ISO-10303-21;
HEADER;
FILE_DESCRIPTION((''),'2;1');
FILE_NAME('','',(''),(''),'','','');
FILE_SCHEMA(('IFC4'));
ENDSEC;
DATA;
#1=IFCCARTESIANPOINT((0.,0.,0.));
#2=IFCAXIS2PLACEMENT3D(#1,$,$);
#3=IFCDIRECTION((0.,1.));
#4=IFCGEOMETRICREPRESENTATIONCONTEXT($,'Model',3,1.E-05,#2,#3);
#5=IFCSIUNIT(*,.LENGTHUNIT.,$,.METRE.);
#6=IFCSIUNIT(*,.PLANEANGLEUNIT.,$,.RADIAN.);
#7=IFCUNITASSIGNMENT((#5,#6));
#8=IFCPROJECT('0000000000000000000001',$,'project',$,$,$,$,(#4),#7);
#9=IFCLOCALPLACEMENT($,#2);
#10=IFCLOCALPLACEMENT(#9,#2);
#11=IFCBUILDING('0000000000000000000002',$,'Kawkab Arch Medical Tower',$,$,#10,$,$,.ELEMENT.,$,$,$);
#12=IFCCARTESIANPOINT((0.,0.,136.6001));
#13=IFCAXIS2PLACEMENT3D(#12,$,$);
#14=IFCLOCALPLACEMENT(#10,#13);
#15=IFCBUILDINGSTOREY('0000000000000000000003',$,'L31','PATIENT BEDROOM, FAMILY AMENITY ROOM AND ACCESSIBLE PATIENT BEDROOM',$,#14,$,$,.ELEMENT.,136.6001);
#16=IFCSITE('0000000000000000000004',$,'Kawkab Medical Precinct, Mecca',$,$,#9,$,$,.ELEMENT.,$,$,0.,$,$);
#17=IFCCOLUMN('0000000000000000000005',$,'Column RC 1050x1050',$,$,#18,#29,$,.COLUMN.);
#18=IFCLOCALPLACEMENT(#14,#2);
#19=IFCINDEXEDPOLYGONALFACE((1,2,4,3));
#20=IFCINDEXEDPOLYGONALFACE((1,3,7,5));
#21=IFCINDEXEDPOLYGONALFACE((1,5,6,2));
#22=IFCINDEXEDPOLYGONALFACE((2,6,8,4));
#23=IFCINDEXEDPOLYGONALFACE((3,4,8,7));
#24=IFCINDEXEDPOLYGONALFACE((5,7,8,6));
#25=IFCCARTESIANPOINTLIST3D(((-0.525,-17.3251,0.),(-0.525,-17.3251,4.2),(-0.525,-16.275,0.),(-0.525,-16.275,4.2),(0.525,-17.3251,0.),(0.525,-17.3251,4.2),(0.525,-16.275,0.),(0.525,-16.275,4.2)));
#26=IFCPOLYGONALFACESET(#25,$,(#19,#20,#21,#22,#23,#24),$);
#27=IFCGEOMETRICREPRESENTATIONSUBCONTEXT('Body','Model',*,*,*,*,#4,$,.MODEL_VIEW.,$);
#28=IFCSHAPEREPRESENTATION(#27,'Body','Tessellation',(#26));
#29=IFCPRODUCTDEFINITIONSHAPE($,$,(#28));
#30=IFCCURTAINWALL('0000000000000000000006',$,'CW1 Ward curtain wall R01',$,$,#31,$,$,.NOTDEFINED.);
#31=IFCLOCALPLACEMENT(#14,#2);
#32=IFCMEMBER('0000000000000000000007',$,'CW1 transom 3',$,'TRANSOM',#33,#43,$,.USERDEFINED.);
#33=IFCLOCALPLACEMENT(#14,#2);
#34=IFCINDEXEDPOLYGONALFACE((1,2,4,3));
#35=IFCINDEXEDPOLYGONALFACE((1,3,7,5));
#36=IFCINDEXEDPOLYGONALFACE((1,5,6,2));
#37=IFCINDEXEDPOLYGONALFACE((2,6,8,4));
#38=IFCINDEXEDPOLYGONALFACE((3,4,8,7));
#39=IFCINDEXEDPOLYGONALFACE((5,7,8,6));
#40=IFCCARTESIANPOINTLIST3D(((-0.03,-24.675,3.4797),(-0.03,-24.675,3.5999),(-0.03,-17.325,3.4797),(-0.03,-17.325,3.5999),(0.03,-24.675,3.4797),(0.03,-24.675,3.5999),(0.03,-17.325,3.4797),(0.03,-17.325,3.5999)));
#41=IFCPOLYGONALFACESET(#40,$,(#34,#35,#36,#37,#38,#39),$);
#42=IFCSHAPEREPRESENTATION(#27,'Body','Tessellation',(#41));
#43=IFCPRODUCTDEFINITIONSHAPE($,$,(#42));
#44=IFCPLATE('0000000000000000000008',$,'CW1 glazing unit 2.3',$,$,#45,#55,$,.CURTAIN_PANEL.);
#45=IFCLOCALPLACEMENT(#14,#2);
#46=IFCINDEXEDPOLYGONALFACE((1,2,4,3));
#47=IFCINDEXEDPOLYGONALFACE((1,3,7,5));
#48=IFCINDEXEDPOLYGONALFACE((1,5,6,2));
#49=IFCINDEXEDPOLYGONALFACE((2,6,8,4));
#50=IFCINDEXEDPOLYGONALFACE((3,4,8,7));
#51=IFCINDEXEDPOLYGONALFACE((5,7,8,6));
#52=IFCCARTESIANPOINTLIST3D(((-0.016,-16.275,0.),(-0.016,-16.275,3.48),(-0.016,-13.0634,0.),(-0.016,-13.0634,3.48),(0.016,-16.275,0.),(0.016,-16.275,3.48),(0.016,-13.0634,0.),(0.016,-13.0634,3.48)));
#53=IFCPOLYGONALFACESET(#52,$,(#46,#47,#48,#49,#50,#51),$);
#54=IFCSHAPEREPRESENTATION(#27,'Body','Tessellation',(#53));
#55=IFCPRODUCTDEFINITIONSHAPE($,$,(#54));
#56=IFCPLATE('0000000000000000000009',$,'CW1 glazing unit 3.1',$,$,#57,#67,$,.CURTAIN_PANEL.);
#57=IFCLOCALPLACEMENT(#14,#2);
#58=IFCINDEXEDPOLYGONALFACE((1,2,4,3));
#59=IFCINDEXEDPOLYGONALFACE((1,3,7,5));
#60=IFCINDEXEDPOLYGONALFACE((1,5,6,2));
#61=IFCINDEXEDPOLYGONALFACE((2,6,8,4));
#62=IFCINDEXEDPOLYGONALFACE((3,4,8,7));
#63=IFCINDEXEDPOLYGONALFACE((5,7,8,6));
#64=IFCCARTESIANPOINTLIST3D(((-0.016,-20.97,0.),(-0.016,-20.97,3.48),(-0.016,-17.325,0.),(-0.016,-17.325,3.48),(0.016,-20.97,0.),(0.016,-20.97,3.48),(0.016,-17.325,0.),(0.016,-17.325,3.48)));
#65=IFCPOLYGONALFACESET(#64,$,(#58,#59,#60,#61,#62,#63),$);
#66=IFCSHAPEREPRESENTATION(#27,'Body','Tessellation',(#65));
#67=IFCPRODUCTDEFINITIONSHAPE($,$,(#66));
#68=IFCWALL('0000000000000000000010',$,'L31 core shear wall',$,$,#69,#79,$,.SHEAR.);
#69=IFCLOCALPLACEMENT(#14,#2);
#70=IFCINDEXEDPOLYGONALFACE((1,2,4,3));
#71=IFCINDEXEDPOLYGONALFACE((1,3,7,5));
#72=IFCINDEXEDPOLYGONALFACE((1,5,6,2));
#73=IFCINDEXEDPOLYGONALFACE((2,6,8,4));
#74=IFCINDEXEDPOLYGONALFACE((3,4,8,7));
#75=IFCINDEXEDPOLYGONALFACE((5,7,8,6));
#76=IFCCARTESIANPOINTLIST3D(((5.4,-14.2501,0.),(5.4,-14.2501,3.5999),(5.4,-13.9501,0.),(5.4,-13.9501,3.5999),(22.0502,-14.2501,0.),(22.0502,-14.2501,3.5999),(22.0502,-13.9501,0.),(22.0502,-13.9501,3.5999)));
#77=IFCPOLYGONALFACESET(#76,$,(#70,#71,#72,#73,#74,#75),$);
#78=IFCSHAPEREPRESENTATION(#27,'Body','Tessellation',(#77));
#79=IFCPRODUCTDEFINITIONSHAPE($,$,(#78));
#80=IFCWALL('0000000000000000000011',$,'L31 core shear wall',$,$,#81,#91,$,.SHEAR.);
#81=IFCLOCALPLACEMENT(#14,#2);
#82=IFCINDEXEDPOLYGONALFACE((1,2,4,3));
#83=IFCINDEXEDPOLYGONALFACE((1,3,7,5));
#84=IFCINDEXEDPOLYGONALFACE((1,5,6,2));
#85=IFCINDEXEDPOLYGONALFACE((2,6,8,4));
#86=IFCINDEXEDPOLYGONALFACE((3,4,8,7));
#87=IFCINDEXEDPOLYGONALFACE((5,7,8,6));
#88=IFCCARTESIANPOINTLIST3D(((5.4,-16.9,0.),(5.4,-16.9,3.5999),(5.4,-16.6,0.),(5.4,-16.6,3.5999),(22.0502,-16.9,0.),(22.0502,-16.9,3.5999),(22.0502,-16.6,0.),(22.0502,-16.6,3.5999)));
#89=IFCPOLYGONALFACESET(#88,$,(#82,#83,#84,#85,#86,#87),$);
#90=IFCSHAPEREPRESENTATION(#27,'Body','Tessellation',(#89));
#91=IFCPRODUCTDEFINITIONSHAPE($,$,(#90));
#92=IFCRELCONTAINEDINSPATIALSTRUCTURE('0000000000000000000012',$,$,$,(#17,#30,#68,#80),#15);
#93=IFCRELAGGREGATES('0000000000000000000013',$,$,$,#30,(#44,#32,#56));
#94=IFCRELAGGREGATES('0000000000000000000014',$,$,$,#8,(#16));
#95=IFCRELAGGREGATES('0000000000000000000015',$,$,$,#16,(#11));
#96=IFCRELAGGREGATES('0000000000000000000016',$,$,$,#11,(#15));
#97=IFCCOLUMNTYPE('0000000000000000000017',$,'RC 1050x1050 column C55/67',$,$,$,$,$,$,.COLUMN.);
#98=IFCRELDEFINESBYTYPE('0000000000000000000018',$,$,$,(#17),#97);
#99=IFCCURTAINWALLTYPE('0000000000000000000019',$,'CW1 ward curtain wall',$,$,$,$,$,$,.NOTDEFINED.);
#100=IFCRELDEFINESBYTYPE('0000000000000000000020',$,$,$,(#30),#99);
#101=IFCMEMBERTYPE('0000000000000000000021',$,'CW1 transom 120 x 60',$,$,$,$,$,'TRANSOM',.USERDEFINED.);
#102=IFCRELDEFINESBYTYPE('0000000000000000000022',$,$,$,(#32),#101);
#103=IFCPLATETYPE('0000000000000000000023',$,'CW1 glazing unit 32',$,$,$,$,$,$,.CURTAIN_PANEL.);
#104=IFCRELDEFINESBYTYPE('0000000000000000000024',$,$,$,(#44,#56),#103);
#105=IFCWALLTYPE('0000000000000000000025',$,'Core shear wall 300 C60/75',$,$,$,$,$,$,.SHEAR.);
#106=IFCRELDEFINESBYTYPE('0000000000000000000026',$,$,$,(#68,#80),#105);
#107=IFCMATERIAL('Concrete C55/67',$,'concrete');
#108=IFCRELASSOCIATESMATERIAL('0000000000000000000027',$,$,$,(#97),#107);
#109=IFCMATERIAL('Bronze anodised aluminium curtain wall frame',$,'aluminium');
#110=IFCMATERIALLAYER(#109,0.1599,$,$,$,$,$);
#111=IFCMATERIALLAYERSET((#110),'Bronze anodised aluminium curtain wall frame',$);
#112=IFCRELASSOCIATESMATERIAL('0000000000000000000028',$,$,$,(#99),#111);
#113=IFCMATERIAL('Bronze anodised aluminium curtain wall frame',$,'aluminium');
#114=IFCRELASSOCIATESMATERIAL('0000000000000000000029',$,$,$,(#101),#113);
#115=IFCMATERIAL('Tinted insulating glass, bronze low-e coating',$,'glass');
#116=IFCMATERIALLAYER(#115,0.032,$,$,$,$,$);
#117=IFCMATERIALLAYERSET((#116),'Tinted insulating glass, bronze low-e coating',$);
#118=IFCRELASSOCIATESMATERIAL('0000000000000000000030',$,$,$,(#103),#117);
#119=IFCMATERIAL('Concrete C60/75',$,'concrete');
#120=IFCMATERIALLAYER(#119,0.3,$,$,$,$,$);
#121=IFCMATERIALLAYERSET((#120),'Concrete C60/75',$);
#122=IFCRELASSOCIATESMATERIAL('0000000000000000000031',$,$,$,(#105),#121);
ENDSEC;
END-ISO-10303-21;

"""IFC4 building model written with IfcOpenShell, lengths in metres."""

from ifc_helpers import new_model, si_unit, direction, frame, frame_2d, origin, origin_2d, place, context, subcontext, project, spatial, rectangle, extrude, material, layer, layer_set, material_profile, profile_set, type_object, element, aggregate, save


model = new_model("IFC4")

# Units and contexts
model_context = context("Model", 3, precision=1e-05, world=origin(), true_north=direction((0.0, 1.0)))
body_context = subcontext(model_context, "Body", "Model", "MODEL_VIEW")
ifc_project = project(units=[si_unit("LENGTHUNIT", "METRE"), si_unit("PLANEANGLEUNIT", "RADIAN")], contexts=[model_context])

# Site, building, storey
site_placement = place(None, origin())
site = spatial("IfcSite", under=ifc_project, at=site_placement, Name="Kawkab Medical Precinct, Mecca", CompositionType="ELEMENT", RefElevation=0.0)
building_placement = place(site_placement, origin())
building = spatial("IfcBuilding", under=site, at=building_placement, Name="Kawkab Arch Medical Tower", CompositionType="ELEMENT")
storey_placement = place(building_placement, frame((0.0, 0.0, 136.6001)))
storey = spatial("IfcBuildingStorey", under=building, at=storey_placement, Name="L31", Description="PATIENT BEDROOM, FAMILY AMENITY ROOM AND ACCESSIBLE PATIENT BEDROOM", CompositionType="ELEMENT", Elevation=136.6001)

# Column
ifc_material_1 = material(Name="Concrete C55/67", Category="concrete")
ifc_material_profile_1 = material_profile(ifc_material_1, rectangle(XDim=1.05, YDim=1.05, at=origin_2d()), Name="RC 1050x1050")
ifc_profile_set_1 = profile_set([ifc_material_profile_1], Name="Concrete C55/67")
column_type = type_object("IfcColumnType", Name="RC 1050x1050 column C55/67", PredefinedType="COLUMN", material=ifc_profile_set_1)
column_placement = place(storey_placement, frame((0.0, -16.8, 0.0), z_axis=(0.0, 0.0, 1.0), x_axis=(1.0, 0.0, 0.0)))
element("IfcColumn", 1, at=column_placement, inside=storey, type_object=column_type, Name="Column RC 1050x1050", PredefinedType="COLUMN", context=body_context, shape_type="SweptSolid", body=[
    extrude(rectangle(XDim=1.05, YDim=1.05, at=origin_2d()), origin(), (0.0, 0.0, 1.0), 4.2),
])

# Curtain wall, member, plates
ifc_material_2 = material(Name="Bronze anodised aluminium curtain wall frame", Category="aluminium")
ifc_layer_1 = layer(ifc_material_2, 0.1599)
ifc_layer_set_1 = layer_set([ifc_layer_1], Name="Bronze anodised aluminium curtain wall frame")
curtain_wall_type = type_object("IfcCurtainWallType", Name="CW1 ward curtain wall", PredefinedType="NOTDEFINED", material=ifc_layer_set_1)
placement = place(storey_placement, origin())
curtain_wall = element("IfcCurtainWall", 2, at=placement, inside=storey, type_object=curtain_wall_type, Name="CW1 Ward curtain wall R01", PredefinedType="NOTDEFINED")
ifc_material_3 = material(Name="Bronze anodised aluminium curtain wall frame", Category="aluminium")
ifc_material_profile_2 = material_profile(ifc_material_3, rectangle(XDim=0.0601, YDim=0.1201, at=origin_2d()), Name="AL 60x120")
ifc_profile_set_2 = profile_set([ifc_material_profile_2], Name="Bronze anodised aluminium curtain wall frame")
member_type = type_object("IfcMemberType", Name="CW1 transom 120 x 60", ElementType="TRANSOM", PredefinedType="USERDEFINED", material=ifc_profile_set_2)
member_placement = place(storey_placement, frame((0.0, -17.325, 3.5398), z_axis=(0.0, -1.0, 0.0), x_axis=(1.0, 0.0, 0.0)))
member = element("IfcMember", 3, at=member_placement, type_object=member_type, Name="CW1 transom 3", ObjectType="TRANSOM", PredefinedType="USERDEFINED", context=body_context, shape_type="SweptSolid", body=[
    extrude(rectangle(XDim=0.0601, YDim=0.1201, at=origin_2d()), origin(), (0.0, 0.0, 1.0), 7.3501),
])
ifc_material_4 = material(Name="Tinted insulating glass, bronze low-e coating", Category="glass")
ifc_layer_2 = layer(ifc_material_4, 0.032)
ifc_layer_set_2 = layer_set([ifc_layer_2], Name="Tinted insulating glass, bronze low-e coating")
plate_type = type_object("IfcPlateType", Name="CW1 glazing unit 32", PredefinedType="CURTAIN_PANEL", material=ifc_layer_set_2)
plate_1_placement = place(storey_placement, frame((0.0, -14.6692, 0.0), z_axis=(0.0, 0.0, 1.0), x_axis=(0.0, -1.0, 0.0)))
plate_1 = element("IfcPlate", 4, at=plate_1_placement, type_object=plate_type, Name="CW1 glazing unit 2.3", PredefinedType="CURTAIN_PANEL", context=body_context, shape_type="SweptSolid", body=[
    extrude(rectangle(XDim=3.2117, YDim=0.032, at=origin_2d()), origin(), (0.0, 0.0, 1.0), 3.48),
])
plate_2_placement = place(storey_placement, frame((0.0, -19.1475, 0.0), z_axis=(0.0, 0.0, 1.0), x_axis=(0.0, -1.0, 0.0)))
plate_2 = element("IfcPlate", 5, at=plate_2_placement, type_object=plate_type, Name="CW1 glazing unit 3.1", PredefinedType="CURTAIN_PANEL", context=body_context, shape_type="SweptSolid", body=[
    extrude(rectangle(XDim=3.645, YDim=0.032, at=origin_2d()), origin(), (0.0, 0.0, 1.0), 3.48),
])
aggregate(curtain_wall, [plate_1, member, plate_2])

# Walls
ifc_material_5 = material(Name="Concrete C60/75", Category="concrete")
ifc_layer_3 = layer(ifc_material_5, 0.3)
ifc_layer_set_3 = layer_set([ifc_layer_3], Name="Concrete C60/75")
wall_type_1 = type_object("IfcWallType", Name="Core shear wall 300 C60/75", PredefinedType="SHEAR", material=ifc_layer_set_3)
for number, where, z_axis, x_axis, name in (
    (6, (5.3999, -14.1001, 0.0), (0.0, 0.0, 1.0), (1.0, 0.0, 0.0), "L31 core shear wall"),
    (7, (5.3999, -16.75, 0.0), (0.0, 0.0, 1.0), (1.0, 0.0, 0.0), "L31 core shear wall"),
):
    element("IfcWall", number, at=place(storey_placement, frame(where, z_axis=z_axis, x_axis=x_axis)), inside=storey, type_object=wall_type_1, Name=name, PredefinedType="SHEAR", context=body_context, shape_type="SweptSolid", body=[
        extrude(rectangle(XDim=16.6501, YDim=0.3, at=frame_2d((8.3252, 0.0))), origin(), (0.0, 0.0, 1.0), 3.5999),
    ])

save(model, "model.ifc")
